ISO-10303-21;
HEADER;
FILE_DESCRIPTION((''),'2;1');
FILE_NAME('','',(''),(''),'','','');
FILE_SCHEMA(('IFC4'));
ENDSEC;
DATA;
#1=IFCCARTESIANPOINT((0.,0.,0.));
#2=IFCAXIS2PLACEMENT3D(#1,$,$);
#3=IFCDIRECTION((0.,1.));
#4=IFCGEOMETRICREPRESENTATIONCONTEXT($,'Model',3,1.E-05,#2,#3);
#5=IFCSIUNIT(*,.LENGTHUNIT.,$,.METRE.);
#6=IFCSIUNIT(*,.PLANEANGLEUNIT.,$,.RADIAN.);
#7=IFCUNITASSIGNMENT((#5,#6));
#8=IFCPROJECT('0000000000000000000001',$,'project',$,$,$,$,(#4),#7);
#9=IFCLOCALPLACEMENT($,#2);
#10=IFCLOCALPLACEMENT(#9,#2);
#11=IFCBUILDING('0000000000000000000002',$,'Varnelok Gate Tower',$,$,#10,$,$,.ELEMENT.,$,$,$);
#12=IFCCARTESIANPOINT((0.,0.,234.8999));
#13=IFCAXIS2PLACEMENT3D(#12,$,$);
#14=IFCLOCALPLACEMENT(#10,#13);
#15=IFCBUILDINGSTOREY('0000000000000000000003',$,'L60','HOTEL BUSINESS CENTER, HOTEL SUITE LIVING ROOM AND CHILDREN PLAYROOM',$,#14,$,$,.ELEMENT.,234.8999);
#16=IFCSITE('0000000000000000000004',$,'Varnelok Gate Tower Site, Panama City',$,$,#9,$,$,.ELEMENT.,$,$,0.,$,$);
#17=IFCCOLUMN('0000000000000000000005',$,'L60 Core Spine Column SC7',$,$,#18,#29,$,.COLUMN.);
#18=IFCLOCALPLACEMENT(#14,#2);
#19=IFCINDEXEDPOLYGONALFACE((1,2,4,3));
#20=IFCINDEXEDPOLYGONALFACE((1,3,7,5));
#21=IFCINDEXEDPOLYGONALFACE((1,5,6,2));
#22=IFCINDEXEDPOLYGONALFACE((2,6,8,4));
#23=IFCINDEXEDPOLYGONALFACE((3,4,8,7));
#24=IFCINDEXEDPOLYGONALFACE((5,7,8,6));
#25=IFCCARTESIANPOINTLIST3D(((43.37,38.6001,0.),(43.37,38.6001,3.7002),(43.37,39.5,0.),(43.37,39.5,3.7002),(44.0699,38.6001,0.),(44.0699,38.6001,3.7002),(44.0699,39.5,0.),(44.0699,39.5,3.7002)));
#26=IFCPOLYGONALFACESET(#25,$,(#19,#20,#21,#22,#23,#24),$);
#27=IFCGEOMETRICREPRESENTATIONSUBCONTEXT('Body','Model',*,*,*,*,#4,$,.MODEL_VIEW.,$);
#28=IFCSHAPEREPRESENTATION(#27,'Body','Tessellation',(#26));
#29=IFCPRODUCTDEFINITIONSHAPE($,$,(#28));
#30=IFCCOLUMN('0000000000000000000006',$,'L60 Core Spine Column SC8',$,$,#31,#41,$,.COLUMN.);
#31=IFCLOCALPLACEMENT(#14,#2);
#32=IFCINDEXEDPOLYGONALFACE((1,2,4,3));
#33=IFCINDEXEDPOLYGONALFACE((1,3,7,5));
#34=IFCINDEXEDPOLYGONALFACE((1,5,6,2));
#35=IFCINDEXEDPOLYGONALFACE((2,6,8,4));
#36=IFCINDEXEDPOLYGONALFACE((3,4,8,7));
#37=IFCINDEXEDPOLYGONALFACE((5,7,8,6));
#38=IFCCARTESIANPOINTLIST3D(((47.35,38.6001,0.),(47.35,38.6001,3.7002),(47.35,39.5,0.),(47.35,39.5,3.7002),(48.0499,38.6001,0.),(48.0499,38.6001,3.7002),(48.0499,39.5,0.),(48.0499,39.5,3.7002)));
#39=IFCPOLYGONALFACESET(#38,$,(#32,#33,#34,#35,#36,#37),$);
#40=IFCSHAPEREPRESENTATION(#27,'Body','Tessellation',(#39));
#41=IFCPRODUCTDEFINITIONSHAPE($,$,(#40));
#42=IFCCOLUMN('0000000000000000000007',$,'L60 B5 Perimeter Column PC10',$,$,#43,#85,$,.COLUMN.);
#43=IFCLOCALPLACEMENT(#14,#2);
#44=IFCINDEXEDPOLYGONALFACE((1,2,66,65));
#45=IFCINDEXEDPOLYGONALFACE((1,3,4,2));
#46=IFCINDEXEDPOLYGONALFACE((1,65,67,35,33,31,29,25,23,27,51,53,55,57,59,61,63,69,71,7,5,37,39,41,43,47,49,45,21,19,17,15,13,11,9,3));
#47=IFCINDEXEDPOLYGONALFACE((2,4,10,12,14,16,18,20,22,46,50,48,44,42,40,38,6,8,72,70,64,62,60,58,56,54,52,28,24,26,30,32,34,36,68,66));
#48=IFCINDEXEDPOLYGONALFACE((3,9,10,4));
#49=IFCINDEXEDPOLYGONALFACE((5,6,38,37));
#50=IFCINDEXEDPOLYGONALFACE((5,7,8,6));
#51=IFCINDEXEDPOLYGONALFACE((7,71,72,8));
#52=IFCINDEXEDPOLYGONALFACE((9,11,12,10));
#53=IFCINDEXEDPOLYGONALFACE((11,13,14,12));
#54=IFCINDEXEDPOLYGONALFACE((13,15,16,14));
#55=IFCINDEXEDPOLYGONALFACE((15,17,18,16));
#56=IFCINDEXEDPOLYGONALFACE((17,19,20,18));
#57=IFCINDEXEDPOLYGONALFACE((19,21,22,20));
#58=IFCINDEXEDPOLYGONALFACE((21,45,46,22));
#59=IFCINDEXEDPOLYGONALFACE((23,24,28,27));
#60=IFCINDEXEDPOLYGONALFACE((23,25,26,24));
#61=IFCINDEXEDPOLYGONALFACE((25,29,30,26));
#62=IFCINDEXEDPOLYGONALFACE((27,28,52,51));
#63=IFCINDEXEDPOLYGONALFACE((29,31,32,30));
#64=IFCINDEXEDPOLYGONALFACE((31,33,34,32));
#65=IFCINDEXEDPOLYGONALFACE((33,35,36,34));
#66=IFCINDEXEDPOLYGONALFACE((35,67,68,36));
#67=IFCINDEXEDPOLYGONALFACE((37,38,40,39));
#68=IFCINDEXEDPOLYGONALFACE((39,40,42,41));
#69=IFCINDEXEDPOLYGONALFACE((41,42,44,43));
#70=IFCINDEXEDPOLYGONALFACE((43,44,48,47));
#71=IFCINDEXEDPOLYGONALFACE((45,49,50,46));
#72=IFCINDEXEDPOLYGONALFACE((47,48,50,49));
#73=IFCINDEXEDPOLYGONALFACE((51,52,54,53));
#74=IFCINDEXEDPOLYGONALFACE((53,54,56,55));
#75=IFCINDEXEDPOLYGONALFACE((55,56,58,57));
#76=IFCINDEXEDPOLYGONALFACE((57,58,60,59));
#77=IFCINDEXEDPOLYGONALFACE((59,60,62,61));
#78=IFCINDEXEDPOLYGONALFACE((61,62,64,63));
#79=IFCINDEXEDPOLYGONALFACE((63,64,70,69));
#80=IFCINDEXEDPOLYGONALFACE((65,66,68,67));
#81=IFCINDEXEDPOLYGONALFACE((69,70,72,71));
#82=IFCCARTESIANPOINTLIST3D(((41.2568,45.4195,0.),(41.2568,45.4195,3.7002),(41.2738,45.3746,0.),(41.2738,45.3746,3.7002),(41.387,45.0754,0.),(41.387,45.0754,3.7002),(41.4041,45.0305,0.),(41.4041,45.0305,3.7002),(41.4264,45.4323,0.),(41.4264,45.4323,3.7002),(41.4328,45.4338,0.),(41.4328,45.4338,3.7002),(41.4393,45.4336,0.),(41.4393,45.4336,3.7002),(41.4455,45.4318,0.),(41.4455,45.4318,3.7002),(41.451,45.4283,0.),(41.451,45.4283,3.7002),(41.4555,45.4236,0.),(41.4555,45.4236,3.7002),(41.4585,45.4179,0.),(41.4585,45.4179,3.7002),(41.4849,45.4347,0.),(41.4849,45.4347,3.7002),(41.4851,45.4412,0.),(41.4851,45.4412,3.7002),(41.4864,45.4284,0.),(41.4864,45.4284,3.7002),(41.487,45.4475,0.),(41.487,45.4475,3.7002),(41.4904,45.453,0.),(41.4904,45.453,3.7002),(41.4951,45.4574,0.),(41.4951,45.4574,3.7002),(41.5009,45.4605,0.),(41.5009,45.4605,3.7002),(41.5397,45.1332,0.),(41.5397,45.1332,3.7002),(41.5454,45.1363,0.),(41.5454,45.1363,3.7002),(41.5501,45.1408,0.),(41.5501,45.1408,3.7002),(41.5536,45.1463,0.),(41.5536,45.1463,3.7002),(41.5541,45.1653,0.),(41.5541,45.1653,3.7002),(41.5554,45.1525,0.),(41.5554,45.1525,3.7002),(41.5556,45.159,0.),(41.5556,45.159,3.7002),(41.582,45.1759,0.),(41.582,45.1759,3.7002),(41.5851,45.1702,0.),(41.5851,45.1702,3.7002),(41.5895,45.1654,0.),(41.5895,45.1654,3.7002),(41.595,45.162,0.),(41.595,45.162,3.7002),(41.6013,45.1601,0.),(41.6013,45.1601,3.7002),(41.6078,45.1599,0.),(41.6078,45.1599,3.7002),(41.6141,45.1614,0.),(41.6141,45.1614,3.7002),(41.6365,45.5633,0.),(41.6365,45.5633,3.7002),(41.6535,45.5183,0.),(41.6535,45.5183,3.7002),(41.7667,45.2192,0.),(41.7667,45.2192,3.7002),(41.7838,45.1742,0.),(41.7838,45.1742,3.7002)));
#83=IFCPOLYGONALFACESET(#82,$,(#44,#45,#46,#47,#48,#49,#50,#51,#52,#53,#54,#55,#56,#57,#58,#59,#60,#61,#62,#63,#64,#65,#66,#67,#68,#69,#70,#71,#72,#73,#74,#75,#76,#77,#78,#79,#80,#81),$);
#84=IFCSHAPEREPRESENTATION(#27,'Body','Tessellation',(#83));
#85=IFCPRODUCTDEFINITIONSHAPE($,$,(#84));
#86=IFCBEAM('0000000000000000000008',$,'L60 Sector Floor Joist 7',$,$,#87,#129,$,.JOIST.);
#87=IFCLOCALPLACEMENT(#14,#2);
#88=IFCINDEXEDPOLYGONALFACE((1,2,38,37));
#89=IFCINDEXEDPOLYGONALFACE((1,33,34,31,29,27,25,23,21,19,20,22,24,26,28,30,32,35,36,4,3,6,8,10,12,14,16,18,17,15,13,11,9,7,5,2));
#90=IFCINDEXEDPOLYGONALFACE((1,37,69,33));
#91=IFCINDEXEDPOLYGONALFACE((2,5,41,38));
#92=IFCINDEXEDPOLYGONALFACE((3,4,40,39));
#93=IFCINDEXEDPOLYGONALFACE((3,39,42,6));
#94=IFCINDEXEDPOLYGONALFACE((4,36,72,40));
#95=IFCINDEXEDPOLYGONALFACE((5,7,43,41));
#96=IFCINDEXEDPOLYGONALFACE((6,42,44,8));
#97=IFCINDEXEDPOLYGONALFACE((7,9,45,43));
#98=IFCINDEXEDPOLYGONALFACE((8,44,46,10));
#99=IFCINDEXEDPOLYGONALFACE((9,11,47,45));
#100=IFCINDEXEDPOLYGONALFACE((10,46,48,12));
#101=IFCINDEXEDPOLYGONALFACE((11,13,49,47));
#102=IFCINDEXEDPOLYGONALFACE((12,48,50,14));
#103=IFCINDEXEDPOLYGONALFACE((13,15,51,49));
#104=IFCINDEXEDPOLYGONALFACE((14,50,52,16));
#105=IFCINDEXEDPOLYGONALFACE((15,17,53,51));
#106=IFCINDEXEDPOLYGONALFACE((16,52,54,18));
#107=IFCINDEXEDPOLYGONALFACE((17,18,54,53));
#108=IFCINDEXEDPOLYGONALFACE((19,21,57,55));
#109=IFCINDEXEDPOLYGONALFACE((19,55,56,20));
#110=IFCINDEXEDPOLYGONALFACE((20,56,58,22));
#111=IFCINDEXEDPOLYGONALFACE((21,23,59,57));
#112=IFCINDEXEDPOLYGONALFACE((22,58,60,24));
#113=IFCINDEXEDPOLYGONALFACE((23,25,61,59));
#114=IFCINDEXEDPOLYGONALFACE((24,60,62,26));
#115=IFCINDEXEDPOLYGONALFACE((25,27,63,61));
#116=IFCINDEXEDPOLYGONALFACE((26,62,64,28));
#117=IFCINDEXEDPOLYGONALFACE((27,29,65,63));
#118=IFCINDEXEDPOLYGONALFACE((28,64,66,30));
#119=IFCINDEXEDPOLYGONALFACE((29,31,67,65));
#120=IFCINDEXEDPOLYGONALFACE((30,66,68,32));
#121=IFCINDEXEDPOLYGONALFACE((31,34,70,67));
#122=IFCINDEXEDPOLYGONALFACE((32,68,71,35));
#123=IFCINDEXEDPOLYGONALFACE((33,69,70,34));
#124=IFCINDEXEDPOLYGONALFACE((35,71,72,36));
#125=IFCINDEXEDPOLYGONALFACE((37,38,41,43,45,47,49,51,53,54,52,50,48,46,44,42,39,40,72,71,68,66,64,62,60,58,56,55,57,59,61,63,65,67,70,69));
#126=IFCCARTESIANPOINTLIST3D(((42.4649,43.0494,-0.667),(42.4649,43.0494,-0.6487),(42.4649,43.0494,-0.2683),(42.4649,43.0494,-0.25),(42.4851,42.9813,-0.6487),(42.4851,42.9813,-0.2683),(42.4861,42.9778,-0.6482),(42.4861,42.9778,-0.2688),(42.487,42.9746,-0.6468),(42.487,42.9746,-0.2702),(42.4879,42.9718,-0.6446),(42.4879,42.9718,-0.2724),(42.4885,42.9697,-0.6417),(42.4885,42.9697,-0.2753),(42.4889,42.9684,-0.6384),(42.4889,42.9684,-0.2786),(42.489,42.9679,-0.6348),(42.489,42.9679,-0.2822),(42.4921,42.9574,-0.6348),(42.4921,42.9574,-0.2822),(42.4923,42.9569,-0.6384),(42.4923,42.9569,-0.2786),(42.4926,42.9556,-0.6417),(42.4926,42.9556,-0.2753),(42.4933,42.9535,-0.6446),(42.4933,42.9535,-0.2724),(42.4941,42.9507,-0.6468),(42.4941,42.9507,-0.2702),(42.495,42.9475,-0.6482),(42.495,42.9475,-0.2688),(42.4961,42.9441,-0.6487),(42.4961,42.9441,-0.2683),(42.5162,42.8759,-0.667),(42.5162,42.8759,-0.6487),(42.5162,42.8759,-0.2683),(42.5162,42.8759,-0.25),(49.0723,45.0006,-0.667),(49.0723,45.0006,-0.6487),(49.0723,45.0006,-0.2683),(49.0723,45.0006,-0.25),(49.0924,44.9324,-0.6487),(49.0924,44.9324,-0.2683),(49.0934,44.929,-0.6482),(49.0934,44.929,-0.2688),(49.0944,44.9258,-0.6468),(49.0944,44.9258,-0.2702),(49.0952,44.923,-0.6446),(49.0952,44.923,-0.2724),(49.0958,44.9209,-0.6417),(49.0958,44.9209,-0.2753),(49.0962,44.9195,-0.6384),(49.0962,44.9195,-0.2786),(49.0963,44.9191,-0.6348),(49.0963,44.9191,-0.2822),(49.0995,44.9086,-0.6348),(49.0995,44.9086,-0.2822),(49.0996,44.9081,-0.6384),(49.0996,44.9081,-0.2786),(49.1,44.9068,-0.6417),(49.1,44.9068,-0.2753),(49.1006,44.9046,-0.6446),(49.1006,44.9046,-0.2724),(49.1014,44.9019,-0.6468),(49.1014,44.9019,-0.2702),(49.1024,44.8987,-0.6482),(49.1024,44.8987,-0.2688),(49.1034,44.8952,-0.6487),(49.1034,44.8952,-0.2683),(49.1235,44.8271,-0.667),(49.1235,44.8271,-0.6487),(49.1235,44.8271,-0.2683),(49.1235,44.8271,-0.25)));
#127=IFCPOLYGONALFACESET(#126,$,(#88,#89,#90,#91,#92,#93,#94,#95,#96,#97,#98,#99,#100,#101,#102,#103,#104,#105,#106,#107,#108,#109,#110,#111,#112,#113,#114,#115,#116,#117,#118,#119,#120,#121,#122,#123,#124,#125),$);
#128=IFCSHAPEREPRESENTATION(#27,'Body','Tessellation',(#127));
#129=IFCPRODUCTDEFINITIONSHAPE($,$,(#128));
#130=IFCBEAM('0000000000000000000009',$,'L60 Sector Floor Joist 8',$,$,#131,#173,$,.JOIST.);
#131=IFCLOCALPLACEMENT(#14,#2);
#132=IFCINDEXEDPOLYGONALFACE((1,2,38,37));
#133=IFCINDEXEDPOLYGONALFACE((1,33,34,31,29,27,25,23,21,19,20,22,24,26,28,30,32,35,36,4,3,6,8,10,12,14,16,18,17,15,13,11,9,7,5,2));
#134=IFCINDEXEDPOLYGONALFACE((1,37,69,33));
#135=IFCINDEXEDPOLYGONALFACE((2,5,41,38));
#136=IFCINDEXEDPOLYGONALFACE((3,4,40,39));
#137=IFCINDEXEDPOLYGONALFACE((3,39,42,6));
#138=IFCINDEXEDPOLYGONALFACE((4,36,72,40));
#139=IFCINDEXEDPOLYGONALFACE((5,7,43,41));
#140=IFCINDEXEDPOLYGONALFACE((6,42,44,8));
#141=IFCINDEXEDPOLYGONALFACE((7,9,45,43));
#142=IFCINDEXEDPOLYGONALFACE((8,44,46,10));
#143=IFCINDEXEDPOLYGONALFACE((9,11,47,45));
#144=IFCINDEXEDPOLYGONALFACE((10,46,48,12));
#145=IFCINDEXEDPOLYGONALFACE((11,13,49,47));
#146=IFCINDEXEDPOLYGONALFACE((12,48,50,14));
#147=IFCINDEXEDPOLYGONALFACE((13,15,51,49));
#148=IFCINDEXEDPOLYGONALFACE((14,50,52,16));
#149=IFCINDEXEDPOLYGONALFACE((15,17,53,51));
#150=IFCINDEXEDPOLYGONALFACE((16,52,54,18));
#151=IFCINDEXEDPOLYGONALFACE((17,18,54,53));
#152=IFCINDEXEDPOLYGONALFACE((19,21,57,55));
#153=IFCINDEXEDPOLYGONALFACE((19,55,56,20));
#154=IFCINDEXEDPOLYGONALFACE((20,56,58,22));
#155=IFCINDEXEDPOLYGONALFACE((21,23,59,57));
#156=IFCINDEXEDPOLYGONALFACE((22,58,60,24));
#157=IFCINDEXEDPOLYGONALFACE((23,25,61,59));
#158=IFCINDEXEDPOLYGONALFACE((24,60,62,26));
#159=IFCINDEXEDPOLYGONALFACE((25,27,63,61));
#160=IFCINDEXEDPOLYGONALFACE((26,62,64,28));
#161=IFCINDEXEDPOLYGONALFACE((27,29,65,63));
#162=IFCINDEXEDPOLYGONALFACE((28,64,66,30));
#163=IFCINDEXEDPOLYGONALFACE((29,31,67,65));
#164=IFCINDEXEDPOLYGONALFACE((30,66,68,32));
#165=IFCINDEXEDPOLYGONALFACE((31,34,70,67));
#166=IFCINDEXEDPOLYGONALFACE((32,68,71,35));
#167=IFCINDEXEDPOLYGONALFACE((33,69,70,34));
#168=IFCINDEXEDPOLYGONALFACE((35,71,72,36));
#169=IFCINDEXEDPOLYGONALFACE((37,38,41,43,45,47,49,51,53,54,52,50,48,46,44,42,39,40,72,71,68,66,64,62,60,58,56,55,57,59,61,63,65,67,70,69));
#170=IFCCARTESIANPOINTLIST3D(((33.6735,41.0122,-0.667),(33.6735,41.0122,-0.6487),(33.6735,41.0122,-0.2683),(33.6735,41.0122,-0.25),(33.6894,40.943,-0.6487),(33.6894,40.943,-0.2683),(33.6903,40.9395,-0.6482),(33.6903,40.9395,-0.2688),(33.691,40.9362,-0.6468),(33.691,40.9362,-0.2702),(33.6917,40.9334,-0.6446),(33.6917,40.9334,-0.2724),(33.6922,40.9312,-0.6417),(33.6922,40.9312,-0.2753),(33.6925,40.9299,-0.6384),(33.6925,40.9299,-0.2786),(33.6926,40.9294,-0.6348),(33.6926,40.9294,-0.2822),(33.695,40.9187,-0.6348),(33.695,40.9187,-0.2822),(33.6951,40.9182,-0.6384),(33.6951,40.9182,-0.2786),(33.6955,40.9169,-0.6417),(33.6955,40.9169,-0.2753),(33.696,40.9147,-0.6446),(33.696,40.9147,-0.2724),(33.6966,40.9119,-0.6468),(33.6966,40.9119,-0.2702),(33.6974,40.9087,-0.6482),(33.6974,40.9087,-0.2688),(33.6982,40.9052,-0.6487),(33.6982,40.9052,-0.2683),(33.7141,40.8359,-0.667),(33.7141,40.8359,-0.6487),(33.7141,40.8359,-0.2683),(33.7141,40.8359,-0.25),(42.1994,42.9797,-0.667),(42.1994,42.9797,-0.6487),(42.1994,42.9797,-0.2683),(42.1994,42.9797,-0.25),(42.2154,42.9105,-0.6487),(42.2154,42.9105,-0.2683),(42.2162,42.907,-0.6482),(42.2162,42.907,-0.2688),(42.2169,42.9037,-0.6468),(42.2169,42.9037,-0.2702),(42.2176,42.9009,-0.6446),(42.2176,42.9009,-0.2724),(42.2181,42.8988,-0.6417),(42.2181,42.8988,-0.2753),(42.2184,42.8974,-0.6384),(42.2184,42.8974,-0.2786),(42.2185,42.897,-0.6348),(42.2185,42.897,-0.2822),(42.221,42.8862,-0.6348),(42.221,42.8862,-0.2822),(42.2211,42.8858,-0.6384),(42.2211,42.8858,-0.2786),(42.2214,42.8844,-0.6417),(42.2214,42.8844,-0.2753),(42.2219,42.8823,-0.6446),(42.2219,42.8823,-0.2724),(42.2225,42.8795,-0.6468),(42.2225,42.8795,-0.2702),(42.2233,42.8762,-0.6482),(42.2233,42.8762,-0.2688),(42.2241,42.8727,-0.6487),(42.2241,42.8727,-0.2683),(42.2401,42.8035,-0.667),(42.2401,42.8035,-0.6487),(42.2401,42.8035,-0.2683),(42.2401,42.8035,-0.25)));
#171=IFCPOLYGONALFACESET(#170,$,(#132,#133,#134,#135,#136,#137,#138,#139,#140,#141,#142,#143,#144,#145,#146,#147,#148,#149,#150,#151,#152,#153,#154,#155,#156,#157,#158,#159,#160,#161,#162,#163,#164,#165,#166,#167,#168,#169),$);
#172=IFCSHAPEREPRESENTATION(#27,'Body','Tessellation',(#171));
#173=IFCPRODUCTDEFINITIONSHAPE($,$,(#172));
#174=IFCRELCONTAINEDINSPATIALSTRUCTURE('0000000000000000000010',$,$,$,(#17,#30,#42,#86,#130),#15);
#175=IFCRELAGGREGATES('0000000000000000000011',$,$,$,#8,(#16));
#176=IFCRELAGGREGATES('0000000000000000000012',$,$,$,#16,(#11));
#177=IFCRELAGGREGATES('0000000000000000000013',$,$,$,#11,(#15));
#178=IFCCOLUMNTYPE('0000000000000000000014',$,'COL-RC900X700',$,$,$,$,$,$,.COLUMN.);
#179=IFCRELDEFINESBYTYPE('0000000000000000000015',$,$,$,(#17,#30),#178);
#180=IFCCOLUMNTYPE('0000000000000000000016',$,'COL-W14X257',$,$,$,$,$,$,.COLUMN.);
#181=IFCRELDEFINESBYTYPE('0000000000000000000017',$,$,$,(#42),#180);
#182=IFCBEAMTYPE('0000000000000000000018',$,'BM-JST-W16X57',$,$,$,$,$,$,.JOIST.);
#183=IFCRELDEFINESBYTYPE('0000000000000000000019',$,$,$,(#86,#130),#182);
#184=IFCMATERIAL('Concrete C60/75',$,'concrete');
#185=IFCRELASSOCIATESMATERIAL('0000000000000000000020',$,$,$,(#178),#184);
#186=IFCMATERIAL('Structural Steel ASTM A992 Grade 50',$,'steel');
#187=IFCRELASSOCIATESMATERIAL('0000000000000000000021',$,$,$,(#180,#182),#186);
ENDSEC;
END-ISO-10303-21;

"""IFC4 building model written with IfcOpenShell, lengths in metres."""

from ifc_helpers import new_model, si_unit, direction, frame, origin, origin_2d, place, context, subcontext, project, spatial, rectangle, i_section, extrude, material, material_profile, profile_set, type_object, element, save


model = new_model("IFC4")

# Units and contexts
model_context = context("Model", 3, precision=1e-05, world=origin(), true_north=direction((0.0, 1.0)))
body_context = subcontext(model_context, "Body", "Model", "MODEL_VIEW")
ifc_project = project(units=[si_unit("LENGTHUNIT", "METRE"), si_unit("PLANEANGLEUNIT", "RADIAN")], contexts=[model_context])

# Site, building, storey
site_placement = place(None, origin())
site = spatial("IfcSite", under=ifc_project, at=site_placement, Name="Varnelok Gate Tower Site, Panama City", CompositionType="ELEMENT", RefElevation=0.0)
building_placement = place(site_placement, origin())
building = spatial("IfcBuilding", under=site, at=building_placement, Name="Varnelok Gate Tower", CompositionType="ELEMENT")
storey_placement = place(building_placement, frame((0.0, 0.0, 234.8999)))
storey = spatial("IfcBuildingStorey", under=building, at=storey_placement, Name="L60", Description="HOTEL BUSINESS CENTER, HOTEL SUITE LIVING ROOM AND CHILDREN PLAYROOM", CompositionType="ELEMENT", Elevation=234.8999)

# Columns
ifc_material_1 = material(Name="Concrete C60/75", Category="concrete")
ifc_material_profile_1 = material_profile(ifc_material_1, rectangle(XDim=0.7, YDim=0.8999, at=origin_2d()), Name="RC900X700")
ifc_profile_set_1 = profile_set([ifc_material_profile_1], Name="Concrete C60/75")
column_type_1 = type_object("IfcColumnType", Name="COL-RC900X700", PredefinedType="COLUMN", material=ifc_profile_set_1)
for number, where, z_axis, x_axis, name in (
    (1, (43.72, 39.05, 0.0), (0.0, 0.0, 1.0), (1.0, 0.0, 0.0), "L60 Core Spine Column SC7"),
    (2, (47.7, 39.05, 0.0), (0.0, 0.0, 1.0), (1.0, 0.0, 0.0), "L60 Core Spine Column SC8"),
):
    element("IfcColumn", number, at=place(storey_placement, frame(where, z_axis=z_axis, x_axis=x_axis)), inside=storey, type_object=column_type_1, Name=name, PredefinedType="COLUMN", context=body_context, shape_type="SweptSolid", body=[
        extrude(rectangle(XDim=0.7, YDim=0.8999, at=origin_2d()), origin(), (0.0, 0.0, 1.0), 3.7002),
    ])
ifc_material_2 = material(Name="Structural Steel ASTM A992 Grade 50", Category="steel")
ifc_material_profile_2 = material_profile(ifc_material_2, i_section(OverallWidth=0.406, OverallDepth=0.416, WebThickness=0.0298, FlangeThickness=0.0481, FilletRadius=0.0249, at=origin_2d()), Name="W14X257")
ifc_profile_set_2 = profile_set([ifc_material_profile_2], Name="Structural Steel ASTM A992 Grade 50")
column_type_2 = type_object("IfcColumnType", Name="COL-W14X257", PredefinedType="COLUMN", material=ifc_profile_set_2)
column_placement = place(storey_placement, frame((41.5203, 45.2969, 0.0), z_axis=(0.0, 0.0, 1.0), x_axis=(0.935222, 0.354063, 0.0)))
element("IfcColumn", 3, at=column_placement, inside=storey, type_object=column_type_2, Name="L60 B5 Perimeter Column PC10", PredefinedType="COLUMN", context=body_context, shape_type="SweptSolid", body=[
    extrude(i_section(OverallWidth=0.406, OverallDepth=0.416, WebThickness=0.0298, FlangeThickness=0.0481, FilletRadius=0.0249, at=origin_2d()), origin(), (0.0, 0.0, 1.0), 3.7002),
])

# Beams
ifc_material_profile_3 = material_profile(ifc_material_2, i_section(OverallWidth=0.1809, OverallDepth=0.417, WebThickness=0.011, FlangeThickness=0.0183, FilletRadius=0.0139, at=origin_2d()), Name="W16X57")
ifc_profile_set_3 = profile_set([ifc_material_profile_3], Name="Structural Steel ASTM A992 Grade 50")
beam_type_1 = type_object("IfcBeamType", Name="BM-JST-W16X57", PredefinedType="JOIST", material=ifc_profile_set_3)
beam_1_placement = place(storey_placement, frame((49.0979, 44.9138, -0.4585), z_axis=(-0.959058, -0.28321, 0.0), x_axis=(0.28321, -0.959058, 0.0)))
element("IfcBeam", 4, at=beam_1_placement, inside=storey, type_object=beam_type_1, Name="L60 Sector Floor Joist 7", PredefinedType="JOIST", context=body_context, shape_type="SweptSolid", body=[
    extrude(i_section(OverallWidth=0.1809, OverallDepth=0.417, WebThickness=0.011, FlangeThickness=0.0183, FilletRadius=0.0139, at=origin_2d()), origin(), (0.0, 0.0, 1.0), 6.8894),
])
beam_2_placement = place(storey_placement, frame((42.2197, 42.8916, -0.4585), z_axis=(-0.974391, -0.224862, 0.0), x_axis=(0.224862, -0.974391, 0.0)))
element("IfcBeam", 5, at=beam_2_placement, inside=storey, type_object=beam_type_1, Name="L60 Sector Floor Joist 8", PredefinedType="JOIST", context=body_context, shape_type="SweptSolid", body=[
    extrude(i_section(OverallWidth=0.1809, OverallDepth=0.417, WebThickness=0.011, FlangeThickness=0.0183, FilletRadius=0.0139, at=origin_2d()), origin(), (0.0, 0.0, 1.0), 8.75),
])

save(model, "model.ifc")
